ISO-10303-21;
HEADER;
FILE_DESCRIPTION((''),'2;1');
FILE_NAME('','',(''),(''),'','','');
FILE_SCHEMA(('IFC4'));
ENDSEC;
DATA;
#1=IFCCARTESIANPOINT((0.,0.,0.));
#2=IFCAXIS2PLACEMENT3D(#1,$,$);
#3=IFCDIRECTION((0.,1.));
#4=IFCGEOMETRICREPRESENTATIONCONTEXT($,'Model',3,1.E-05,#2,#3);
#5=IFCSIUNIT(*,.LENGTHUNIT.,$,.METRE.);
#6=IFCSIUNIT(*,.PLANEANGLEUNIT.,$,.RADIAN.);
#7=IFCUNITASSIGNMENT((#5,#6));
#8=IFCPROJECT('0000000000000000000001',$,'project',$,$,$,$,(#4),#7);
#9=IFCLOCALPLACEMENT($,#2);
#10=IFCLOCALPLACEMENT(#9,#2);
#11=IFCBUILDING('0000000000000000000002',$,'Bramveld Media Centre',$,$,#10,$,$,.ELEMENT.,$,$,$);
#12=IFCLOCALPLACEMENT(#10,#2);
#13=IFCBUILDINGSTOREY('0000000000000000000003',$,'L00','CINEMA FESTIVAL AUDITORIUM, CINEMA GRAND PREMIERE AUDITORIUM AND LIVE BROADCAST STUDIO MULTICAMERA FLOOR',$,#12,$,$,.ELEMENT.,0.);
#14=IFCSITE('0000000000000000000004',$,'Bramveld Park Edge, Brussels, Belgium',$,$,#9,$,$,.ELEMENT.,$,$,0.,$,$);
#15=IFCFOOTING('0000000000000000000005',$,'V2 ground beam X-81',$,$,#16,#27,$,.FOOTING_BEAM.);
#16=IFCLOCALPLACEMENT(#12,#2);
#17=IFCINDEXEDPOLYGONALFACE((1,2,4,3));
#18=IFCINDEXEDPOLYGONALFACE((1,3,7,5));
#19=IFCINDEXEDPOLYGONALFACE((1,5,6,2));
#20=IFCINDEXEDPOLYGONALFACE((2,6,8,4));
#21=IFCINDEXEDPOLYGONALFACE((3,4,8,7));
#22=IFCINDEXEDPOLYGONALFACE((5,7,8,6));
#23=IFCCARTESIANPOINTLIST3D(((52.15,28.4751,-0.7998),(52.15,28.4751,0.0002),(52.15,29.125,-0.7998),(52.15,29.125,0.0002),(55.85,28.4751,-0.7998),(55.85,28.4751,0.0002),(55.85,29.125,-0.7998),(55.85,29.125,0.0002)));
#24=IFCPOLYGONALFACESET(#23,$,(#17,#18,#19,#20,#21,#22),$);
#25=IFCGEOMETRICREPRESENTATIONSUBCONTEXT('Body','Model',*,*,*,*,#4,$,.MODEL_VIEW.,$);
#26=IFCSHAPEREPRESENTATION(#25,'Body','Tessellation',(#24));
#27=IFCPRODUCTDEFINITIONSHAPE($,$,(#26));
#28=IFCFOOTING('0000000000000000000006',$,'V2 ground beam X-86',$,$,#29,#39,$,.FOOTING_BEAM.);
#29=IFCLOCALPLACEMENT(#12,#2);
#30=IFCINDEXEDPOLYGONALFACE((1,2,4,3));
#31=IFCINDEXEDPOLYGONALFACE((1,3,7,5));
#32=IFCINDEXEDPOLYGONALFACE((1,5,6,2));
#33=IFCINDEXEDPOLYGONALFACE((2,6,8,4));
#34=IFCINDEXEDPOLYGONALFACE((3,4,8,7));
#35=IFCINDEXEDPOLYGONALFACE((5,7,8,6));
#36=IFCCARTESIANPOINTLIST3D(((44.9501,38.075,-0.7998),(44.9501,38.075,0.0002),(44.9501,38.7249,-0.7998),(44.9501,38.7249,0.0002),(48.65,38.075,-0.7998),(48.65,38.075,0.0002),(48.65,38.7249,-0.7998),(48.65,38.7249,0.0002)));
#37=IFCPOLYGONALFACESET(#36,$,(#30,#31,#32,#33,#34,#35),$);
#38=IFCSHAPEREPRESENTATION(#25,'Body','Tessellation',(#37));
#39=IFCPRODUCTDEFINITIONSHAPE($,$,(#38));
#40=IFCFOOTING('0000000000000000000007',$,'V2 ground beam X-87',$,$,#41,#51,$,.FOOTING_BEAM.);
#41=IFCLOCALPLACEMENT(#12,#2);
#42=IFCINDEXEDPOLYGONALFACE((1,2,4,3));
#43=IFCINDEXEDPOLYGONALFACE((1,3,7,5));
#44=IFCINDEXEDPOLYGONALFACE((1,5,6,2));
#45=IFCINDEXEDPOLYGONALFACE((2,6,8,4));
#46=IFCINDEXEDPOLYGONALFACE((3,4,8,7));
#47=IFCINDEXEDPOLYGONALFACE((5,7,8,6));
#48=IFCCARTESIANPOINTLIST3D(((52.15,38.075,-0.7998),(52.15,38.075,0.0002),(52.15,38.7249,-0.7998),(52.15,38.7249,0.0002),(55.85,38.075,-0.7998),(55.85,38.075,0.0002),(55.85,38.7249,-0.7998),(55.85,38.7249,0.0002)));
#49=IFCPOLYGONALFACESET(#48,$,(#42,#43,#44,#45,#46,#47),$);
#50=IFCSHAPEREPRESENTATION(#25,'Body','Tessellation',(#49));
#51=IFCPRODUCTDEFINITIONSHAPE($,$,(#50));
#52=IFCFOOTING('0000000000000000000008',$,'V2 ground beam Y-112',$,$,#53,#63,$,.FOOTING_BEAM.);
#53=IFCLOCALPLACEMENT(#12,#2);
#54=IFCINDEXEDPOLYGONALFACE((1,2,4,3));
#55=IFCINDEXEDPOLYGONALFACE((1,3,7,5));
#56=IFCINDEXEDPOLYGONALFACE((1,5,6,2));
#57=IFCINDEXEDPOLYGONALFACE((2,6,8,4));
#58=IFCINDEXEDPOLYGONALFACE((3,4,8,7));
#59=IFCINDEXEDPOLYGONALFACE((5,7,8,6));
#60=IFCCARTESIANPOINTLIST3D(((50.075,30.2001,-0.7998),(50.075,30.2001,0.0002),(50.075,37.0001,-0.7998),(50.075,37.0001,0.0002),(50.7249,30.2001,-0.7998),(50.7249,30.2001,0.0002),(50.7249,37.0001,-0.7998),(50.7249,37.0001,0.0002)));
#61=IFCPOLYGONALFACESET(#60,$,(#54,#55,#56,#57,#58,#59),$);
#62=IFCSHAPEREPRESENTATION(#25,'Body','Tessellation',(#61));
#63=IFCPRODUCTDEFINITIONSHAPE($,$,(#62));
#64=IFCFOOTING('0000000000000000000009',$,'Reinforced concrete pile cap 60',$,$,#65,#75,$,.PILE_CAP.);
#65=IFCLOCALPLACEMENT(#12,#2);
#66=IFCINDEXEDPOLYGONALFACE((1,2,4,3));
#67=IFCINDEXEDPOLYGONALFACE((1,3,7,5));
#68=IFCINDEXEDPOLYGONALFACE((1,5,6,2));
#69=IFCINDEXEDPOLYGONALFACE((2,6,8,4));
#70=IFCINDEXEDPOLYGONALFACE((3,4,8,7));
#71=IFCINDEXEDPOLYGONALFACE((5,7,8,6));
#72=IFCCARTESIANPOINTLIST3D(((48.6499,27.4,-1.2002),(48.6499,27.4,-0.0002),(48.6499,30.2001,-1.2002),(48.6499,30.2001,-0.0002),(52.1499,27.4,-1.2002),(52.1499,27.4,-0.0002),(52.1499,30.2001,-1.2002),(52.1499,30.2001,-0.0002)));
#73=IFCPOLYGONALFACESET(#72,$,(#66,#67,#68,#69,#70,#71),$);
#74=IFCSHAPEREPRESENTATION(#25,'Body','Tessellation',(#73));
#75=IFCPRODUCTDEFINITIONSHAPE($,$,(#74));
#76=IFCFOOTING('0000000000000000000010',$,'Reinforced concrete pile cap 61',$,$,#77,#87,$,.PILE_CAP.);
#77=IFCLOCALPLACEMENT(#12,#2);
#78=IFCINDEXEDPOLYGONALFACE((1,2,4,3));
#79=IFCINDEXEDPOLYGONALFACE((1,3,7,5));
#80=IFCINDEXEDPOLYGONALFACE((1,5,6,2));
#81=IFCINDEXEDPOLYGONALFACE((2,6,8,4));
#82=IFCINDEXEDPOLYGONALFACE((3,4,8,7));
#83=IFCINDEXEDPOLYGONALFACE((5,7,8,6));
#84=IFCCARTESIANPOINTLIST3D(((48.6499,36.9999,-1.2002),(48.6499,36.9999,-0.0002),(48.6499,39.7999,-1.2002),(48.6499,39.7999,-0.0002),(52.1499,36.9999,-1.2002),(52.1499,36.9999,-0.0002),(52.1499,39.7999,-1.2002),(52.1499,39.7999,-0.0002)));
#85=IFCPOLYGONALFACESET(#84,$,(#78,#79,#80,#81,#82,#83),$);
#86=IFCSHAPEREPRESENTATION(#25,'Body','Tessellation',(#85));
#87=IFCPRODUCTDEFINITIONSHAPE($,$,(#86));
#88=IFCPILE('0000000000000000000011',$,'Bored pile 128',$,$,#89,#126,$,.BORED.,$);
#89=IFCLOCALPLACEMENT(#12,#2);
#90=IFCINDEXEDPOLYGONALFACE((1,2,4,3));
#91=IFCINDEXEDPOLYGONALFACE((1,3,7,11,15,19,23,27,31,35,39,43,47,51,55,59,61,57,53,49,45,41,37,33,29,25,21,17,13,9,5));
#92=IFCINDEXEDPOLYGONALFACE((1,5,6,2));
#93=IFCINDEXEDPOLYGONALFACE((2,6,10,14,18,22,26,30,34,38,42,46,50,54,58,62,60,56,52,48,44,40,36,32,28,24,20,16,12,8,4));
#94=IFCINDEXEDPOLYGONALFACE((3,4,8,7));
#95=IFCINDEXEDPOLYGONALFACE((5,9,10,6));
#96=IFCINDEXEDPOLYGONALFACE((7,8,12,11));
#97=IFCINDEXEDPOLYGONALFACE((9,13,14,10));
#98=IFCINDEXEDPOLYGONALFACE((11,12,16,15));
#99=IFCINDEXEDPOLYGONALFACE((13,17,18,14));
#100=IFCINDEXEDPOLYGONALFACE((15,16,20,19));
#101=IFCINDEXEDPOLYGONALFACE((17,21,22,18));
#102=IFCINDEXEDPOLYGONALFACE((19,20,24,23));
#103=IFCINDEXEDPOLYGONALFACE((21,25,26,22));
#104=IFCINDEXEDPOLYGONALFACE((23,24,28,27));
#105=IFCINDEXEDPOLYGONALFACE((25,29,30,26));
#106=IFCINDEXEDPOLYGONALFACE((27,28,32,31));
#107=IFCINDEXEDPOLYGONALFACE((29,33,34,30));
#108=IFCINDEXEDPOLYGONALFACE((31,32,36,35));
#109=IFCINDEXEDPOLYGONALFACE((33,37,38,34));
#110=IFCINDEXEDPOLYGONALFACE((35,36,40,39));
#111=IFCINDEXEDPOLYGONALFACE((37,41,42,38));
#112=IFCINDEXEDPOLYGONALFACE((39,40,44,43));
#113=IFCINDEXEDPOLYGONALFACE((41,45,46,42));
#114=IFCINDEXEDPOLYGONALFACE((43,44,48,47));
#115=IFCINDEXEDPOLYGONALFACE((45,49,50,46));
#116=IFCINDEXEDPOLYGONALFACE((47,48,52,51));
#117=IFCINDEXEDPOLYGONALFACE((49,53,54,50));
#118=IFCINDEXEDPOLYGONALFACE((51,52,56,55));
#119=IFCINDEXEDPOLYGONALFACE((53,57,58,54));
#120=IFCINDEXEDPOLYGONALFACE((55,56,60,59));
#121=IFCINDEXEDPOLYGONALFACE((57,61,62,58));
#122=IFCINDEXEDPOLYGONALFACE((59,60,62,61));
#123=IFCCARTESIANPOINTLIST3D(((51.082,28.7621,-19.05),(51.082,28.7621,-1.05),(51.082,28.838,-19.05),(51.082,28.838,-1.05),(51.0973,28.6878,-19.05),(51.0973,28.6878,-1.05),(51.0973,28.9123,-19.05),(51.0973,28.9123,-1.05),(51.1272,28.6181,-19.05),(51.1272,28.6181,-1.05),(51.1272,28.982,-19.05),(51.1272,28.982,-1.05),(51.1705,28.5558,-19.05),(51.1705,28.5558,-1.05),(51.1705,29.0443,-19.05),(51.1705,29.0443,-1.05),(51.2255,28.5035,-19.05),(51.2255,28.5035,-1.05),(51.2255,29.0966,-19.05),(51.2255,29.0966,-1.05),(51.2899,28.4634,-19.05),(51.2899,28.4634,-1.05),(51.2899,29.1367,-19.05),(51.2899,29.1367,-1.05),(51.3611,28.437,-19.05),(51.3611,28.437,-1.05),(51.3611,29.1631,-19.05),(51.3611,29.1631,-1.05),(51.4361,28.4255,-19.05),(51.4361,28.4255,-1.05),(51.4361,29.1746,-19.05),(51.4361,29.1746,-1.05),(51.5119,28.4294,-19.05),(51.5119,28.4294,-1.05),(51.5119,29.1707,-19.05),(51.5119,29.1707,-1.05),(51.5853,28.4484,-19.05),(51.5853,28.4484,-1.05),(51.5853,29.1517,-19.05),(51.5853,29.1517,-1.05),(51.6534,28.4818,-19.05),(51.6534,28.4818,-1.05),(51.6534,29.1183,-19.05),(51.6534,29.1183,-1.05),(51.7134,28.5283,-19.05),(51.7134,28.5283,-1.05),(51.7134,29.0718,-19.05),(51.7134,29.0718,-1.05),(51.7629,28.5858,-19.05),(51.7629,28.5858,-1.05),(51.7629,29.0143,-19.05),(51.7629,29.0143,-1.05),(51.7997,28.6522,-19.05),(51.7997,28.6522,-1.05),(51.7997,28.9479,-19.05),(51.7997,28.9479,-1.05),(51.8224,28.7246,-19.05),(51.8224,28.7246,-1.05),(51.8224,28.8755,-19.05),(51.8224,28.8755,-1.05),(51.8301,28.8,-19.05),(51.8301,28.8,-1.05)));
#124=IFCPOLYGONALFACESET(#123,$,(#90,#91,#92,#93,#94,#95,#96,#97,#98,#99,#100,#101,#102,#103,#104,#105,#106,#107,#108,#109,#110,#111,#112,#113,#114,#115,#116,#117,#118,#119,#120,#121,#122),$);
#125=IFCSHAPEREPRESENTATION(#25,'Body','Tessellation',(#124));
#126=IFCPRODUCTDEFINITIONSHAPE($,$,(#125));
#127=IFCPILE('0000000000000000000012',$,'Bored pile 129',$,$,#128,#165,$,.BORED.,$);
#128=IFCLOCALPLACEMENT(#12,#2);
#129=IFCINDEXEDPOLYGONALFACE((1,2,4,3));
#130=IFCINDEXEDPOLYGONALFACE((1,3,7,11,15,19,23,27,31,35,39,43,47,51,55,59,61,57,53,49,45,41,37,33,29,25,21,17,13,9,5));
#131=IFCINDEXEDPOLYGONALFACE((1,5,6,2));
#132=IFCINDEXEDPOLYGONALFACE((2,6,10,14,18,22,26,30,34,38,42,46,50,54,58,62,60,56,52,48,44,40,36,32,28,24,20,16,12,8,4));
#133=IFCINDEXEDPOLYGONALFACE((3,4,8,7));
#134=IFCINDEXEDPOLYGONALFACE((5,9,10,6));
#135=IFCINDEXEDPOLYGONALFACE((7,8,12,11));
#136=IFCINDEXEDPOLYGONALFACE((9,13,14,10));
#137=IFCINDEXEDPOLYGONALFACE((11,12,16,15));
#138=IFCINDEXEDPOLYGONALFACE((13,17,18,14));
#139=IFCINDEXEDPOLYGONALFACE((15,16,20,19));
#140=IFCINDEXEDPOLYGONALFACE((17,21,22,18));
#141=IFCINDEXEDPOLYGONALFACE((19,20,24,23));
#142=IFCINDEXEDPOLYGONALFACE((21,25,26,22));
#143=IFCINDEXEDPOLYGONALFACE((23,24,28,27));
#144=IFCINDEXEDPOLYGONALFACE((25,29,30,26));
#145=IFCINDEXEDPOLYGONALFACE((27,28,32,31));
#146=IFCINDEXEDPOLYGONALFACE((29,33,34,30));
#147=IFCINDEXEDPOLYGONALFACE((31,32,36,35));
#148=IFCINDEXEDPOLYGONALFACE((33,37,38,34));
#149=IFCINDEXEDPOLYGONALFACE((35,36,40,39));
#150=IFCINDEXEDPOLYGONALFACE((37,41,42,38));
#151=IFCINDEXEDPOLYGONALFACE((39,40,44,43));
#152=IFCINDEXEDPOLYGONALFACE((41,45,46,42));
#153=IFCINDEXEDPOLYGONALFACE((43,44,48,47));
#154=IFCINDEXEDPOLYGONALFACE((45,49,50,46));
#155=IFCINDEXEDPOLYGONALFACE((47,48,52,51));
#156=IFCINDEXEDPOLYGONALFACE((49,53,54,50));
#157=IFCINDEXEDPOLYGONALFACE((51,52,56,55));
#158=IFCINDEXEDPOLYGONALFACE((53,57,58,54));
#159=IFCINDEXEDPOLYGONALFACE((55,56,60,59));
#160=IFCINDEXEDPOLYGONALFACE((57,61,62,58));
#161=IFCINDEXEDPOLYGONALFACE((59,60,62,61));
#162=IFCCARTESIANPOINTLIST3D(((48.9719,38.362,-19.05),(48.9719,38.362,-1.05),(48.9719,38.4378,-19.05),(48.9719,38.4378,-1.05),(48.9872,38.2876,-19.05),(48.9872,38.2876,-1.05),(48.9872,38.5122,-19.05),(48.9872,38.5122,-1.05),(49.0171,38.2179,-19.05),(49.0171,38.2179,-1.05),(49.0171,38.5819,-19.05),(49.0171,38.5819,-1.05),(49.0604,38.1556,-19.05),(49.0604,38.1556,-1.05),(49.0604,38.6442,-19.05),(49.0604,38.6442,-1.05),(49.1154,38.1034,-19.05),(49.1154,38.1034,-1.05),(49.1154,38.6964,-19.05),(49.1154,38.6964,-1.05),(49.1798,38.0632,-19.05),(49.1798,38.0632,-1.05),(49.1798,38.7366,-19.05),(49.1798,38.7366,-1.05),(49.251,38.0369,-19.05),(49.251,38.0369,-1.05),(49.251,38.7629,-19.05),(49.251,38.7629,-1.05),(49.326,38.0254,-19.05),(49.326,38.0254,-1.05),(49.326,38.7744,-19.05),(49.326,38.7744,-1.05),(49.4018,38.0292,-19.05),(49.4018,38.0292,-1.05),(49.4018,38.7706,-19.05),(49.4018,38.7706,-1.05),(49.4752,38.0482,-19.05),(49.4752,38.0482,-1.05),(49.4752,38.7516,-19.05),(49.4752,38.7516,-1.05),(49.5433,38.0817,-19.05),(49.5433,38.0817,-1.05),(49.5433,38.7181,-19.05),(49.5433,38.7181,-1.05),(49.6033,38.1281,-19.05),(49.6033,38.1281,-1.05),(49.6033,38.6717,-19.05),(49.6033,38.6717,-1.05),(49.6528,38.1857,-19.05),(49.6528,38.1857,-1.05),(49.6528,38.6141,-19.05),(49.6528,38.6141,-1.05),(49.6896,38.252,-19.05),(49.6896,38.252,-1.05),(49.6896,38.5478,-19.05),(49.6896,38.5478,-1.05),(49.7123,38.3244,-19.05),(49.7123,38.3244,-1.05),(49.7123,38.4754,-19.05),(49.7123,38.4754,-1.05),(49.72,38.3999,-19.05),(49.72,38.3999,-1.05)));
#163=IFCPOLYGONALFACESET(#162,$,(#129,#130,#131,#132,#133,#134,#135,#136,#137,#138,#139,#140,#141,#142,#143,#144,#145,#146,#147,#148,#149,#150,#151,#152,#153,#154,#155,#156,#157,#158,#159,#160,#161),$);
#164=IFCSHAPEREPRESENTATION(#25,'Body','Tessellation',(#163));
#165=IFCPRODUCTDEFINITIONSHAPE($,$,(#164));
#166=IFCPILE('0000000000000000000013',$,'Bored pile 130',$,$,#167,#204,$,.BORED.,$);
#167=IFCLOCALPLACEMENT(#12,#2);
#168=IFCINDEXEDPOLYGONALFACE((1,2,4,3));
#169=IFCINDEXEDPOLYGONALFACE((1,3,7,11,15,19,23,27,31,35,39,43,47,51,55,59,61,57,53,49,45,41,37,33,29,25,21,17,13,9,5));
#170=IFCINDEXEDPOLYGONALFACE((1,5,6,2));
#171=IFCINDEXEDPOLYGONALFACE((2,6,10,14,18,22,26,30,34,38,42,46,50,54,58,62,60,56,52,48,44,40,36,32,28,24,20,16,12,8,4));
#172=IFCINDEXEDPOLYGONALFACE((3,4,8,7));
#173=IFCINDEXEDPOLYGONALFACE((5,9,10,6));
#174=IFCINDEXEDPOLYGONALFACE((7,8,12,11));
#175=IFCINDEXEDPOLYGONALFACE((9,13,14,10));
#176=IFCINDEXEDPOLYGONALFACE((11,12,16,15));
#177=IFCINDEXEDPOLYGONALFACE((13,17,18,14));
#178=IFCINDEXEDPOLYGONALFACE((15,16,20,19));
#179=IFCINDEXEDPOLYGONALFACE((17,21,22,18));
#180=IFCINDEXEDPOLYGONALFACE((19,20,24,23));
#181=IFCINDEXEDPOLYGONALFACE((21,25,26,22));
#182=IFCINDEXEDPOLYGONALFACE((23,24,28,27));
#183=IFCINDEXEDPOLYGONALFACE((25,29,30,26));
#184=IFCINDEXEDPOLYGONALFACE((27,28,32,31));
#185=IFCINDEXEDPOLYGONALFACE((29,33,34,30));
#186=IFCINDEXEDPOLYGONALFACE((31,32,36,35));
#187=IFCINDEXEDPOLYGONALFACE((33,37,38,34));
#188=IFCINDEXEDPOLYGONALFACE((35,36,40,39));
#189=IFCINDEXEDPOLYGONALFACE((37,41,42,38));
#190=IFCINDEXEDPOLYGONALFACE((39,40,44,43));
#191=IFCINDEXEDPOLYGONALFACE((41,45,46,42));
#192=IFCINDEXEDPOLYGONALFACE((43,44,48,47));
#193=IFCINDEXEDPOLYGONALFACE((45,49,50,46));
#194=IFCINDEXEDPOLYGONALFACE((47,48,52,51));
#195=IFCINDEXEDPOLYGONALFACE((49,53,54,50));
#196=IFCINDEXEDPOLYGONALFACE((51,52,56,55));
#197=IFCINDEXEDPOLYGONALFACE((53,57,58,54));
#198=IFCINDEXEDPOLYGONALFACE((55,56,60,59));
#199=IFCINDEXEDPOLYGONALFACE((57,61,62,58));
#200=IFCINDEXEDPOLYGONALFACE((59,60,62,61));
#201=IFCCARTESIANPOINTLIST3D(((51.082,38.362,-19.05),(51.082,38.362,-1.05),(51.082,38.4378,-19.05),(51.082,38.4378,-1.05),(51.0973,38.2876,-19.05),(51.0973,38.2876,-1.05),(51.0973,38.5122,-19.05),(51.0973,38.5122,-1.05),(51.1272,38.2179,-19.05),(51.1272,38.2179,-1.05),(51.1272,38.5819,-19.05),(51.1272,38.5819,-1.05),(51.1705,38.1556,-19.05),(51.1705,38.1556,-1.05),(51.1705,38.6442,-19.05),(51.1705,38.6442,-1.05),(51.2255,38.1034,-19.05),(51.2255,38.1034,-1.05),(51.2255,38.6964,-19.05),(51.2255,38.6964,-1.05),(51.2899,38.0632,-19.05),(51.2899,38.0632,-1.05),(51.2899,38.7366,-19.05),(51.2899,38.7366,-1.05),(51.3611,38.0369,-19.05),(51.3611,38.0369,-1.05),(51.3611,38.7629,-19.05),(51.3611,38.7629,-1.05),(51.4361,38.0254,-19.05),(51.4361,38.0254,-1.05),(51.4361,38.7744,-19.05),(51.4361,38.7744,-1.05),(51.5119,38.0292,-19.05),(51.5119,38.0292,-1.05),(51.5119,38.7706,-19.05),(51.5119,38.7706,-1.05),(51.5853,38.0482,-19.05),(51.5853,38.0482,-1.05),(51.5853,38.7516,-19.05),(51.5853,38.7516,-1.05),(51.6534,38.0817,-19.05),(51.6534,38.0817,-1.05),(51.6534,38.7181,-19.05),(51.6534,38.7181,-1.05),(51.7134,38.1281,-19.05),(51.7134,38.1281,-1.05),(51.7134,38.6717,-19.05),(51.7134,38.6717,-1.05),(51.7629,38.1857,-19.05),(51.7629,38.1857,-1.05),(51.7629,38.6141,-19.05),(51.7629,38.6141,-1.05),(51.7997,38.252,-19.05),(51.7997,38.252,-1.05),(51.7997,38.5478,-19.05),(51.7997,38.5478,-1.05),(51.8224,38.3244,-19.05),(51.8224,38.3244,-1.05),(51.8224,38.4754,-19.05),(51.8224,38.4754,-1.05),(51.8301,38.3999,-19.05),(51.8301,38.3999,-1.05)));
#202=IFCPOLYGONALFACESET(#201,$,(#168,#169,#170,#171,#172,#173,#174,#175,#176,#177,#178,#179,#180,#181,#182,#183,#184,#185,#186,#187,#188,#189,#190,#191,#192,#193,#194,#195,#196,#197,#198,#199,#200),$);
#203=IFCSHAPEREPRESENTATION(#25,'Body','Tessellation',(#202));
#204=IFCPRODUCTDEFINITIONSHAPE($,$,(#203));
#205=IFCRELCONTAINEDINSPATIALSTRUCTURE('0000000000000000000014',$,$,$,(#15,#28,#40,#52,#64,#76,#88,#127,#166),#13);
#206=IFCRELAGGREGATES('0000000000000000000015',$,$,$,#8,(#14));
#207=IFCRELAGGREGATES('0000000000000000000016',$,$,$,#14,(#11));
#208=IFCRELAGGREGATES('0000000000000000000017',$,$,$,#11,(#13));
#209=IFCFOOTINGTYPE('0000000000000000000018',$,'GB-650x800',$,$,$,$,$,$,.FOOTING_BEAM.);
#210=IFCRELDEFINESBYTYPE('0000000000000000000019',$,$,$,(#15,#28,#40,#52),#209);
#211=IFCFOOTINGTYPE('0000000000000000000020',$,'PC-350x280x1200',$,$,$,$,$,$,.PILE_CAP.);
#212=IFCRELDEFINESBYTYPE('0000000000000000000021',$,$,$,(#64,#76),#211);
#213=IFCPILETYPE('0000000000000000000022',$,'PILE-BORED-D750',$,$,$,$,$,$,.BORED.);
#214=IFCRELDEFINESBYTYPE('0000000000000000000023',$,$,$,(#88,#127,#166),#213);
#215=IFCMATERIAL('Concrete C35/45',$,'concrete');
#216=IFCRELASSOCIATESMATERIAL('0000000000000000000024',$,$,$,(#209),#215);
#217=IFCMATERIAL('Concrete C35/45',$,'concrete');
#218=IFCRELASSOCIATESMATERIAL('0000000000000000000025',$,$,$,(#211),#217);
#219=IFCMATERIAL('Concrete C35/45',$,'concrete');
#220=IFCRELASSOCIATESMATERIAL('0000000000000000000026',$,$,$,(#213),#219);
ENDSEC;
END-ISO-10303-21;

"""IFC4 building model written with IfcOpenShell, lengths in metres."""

from ifc_helpers import new_model, si_unit, direction, frame, origin, origin_2d, place, context, subcontext, project, spatial, rectangle, circle, extrude, material, material_profile, profile_set, type_object, element, save


model = new_model("IFC4")

# Units and contexts
model_context = context("Model", 3, precision=1e-05, world=origin(), true_north=direction((0.0, 1.0)))
body_context = subcontext(model_context, "Body", "Model", "MODEL_VIEW")
ifc_project = project(units=[si_unit("LENGTHUNIT", "METRE"), si_unit("PLANEANGLEUNIT", "RADIAN")], contexts=[model_context])

# Site, building, storey
site_placement = place(None, origin())
site = spatial("IfcSite", under=ifc_project, at=site_placement, Name="Bramveld Park Edge, Brussels, Belgium", CompositionType="ELEMENT", RefElevation=0.0)
building_placement = place(site_placement, origin())
building = spatial("IfcBuilding", under=site, at=building_placement, Name="Bramveld Media Centre", CompositionType="ELEMENT")
storey_placement = place(building_placement, origin())
storey = spatial("IfcBuildingStorey", under=building, at=storey_placement, Name="L00", Description="CINEMA FESTIVAL AUDITORIUM, CINEMA GRAND PREMIERE AUDITORIUM AND LIVE BROADCAST STUDIO MULTICAMERA FLOOR", CompositionType="ELEMENT", Elevation=0.0)

# Footings
ifc_material_1 = material(Name="Concrete C35/45", Category="concrete")
footing_type_1 = type_object("IfcFootingType", Name="GB-650x800", PredefinedType="FOOTING_BEAM", material=ifc_material_1)
for number, where, z_axis, x_axis, name in (
    (1, (54.0, 28.8, -0.7998), (0.0, 0.0, 1.0), (1.0, 0.0, 0.0), "V2 ground beam X-81"),
    (2, (46.8, 38.3999, -0.7998), (0.0, 0.0, 1.0), (1.0, 0.0, 0.0), "V2 ground beam X-86"),
    (3, (54.0, 38.3999, -0.7998), (0.0, 0.0, 1.0), (1.0, 0.0, 0.0), "V2 ground beam X-87"),
):
    element("IfcFooting", number, at=place(storey_placement, frame(where, z_axis=z_axis, x_axis=x_axis)), inside=storey, type_object=footing_type_1, Name=name, PredefinedType="FOOTING_BEAM", context=body_context, shape_type="SweptSolid", body=[
        extrude(rectangle(XDim=3.7, YDim=0.6499, at=origin_2d()), origin(), (0.0, 0.0, 1.0), 0.8),
    ])
footing_placement = place(storey_placement, frame((50.3999, 33.6001, -0.7998), z_axis=(0.0, 0.0, 1.0), x_axis=(1.0, 0.0, 0.0)))
element("IfcFooting", 4, at=footing_placement, inside=storey, type_object=footing_type_1, Name="V2 ground beam Y-112", PredefinedType="FOOTING_BEAM", context=body_context, shape_type="SweptSolid", body=[
    extrude(rectangle(XDim=0.6499, YDim=6.8, at=origin_2d()), origin(), (0.0, 0.0, 1.0), 0.8),
])
ifc_material_2 = material(Name="Concrete C35/45", Category="concrete")
footing_type_2 = type_object("IfcFootingType", Name="PC-350x280x1200", PredefinedType="PILE_CAP", material=ifc_material_2)
for number, where, z_axis, x_axis, name in (
    (5, (50.3999, 28.8, -1.2002), (0.0, 0.0, 1.0), (1.0, 0.0, 0.0), "Reinforced concrete pile cap 60"),
    (6, (50.3999, 38.3999, -1.2002), (0.0, 0.0, 1.0), (1.0, 0.0, 0.0), "Reinforced concrete pile cap 61"),
):
    element("IfcFooting", number, at=place(storey_placement, frame(where, z_axis=z_axis, x_axis=x_axis)), inside=storey, type_object=footing_type_2, Name=name, PredefinedType="PILE_CAP", context=body_context, shape_type="SweptSolid", body=[
        extrude(rectangle(XDim=3.5, YDim=2.8, at=origin_2d()), origin(), (0.0, 0.0, 1.0), 1.2),
    ])

# Piles
ifc_material_3 = material(Name="Concrete C35/45", Category="concrete")
ifc_material_profile_1 = material_profile(ifc_material_3, circle(Radius=0.375, at=origin_2d()), Name="BORED D750")
ifc_profile_set_1 = profile_set([ifc_material_profile_1], Name="Concrete C35/45")
pile_type = type_object("IfcPileType", Name="PILE-BORED-D750", PredefinedType="BORED", material=ifc_profile_set_1)
for number, where, z_axis, x_axis, name in (
    (7, (51.4551, 28.8, -1.05), (0.0, 0.0, -1.0), (1.0, 0.0, 0.0), "Bored pile 128"),
    (8, (49.345, 38.3999, -1.05), (0.0, 0.0, -1.0), (1.0, 0.0, 0.0), "Bored pile 129"),
    (9, (51.4551, 38.3999, -1.05), (0.0, 0.0, -1.0), (1.0, 0.0, 0.0), "Bored pile 130"),
):
    element("IfcPile", number, at=place(storey_placement, frame(where, z_axis=z_axis, x_axis=x_axis)), inside=storey, type_object=pile_type, Name=name, PredefinedType="BORED", context=body_context, shape_type="SweptSolid", body=[
        extrude(circle(Radius=0.375, at=origin_2d()), origin(), (0.0, 0.0, 1.0), 18.0),
    ])

save(model, "model.ifc")
